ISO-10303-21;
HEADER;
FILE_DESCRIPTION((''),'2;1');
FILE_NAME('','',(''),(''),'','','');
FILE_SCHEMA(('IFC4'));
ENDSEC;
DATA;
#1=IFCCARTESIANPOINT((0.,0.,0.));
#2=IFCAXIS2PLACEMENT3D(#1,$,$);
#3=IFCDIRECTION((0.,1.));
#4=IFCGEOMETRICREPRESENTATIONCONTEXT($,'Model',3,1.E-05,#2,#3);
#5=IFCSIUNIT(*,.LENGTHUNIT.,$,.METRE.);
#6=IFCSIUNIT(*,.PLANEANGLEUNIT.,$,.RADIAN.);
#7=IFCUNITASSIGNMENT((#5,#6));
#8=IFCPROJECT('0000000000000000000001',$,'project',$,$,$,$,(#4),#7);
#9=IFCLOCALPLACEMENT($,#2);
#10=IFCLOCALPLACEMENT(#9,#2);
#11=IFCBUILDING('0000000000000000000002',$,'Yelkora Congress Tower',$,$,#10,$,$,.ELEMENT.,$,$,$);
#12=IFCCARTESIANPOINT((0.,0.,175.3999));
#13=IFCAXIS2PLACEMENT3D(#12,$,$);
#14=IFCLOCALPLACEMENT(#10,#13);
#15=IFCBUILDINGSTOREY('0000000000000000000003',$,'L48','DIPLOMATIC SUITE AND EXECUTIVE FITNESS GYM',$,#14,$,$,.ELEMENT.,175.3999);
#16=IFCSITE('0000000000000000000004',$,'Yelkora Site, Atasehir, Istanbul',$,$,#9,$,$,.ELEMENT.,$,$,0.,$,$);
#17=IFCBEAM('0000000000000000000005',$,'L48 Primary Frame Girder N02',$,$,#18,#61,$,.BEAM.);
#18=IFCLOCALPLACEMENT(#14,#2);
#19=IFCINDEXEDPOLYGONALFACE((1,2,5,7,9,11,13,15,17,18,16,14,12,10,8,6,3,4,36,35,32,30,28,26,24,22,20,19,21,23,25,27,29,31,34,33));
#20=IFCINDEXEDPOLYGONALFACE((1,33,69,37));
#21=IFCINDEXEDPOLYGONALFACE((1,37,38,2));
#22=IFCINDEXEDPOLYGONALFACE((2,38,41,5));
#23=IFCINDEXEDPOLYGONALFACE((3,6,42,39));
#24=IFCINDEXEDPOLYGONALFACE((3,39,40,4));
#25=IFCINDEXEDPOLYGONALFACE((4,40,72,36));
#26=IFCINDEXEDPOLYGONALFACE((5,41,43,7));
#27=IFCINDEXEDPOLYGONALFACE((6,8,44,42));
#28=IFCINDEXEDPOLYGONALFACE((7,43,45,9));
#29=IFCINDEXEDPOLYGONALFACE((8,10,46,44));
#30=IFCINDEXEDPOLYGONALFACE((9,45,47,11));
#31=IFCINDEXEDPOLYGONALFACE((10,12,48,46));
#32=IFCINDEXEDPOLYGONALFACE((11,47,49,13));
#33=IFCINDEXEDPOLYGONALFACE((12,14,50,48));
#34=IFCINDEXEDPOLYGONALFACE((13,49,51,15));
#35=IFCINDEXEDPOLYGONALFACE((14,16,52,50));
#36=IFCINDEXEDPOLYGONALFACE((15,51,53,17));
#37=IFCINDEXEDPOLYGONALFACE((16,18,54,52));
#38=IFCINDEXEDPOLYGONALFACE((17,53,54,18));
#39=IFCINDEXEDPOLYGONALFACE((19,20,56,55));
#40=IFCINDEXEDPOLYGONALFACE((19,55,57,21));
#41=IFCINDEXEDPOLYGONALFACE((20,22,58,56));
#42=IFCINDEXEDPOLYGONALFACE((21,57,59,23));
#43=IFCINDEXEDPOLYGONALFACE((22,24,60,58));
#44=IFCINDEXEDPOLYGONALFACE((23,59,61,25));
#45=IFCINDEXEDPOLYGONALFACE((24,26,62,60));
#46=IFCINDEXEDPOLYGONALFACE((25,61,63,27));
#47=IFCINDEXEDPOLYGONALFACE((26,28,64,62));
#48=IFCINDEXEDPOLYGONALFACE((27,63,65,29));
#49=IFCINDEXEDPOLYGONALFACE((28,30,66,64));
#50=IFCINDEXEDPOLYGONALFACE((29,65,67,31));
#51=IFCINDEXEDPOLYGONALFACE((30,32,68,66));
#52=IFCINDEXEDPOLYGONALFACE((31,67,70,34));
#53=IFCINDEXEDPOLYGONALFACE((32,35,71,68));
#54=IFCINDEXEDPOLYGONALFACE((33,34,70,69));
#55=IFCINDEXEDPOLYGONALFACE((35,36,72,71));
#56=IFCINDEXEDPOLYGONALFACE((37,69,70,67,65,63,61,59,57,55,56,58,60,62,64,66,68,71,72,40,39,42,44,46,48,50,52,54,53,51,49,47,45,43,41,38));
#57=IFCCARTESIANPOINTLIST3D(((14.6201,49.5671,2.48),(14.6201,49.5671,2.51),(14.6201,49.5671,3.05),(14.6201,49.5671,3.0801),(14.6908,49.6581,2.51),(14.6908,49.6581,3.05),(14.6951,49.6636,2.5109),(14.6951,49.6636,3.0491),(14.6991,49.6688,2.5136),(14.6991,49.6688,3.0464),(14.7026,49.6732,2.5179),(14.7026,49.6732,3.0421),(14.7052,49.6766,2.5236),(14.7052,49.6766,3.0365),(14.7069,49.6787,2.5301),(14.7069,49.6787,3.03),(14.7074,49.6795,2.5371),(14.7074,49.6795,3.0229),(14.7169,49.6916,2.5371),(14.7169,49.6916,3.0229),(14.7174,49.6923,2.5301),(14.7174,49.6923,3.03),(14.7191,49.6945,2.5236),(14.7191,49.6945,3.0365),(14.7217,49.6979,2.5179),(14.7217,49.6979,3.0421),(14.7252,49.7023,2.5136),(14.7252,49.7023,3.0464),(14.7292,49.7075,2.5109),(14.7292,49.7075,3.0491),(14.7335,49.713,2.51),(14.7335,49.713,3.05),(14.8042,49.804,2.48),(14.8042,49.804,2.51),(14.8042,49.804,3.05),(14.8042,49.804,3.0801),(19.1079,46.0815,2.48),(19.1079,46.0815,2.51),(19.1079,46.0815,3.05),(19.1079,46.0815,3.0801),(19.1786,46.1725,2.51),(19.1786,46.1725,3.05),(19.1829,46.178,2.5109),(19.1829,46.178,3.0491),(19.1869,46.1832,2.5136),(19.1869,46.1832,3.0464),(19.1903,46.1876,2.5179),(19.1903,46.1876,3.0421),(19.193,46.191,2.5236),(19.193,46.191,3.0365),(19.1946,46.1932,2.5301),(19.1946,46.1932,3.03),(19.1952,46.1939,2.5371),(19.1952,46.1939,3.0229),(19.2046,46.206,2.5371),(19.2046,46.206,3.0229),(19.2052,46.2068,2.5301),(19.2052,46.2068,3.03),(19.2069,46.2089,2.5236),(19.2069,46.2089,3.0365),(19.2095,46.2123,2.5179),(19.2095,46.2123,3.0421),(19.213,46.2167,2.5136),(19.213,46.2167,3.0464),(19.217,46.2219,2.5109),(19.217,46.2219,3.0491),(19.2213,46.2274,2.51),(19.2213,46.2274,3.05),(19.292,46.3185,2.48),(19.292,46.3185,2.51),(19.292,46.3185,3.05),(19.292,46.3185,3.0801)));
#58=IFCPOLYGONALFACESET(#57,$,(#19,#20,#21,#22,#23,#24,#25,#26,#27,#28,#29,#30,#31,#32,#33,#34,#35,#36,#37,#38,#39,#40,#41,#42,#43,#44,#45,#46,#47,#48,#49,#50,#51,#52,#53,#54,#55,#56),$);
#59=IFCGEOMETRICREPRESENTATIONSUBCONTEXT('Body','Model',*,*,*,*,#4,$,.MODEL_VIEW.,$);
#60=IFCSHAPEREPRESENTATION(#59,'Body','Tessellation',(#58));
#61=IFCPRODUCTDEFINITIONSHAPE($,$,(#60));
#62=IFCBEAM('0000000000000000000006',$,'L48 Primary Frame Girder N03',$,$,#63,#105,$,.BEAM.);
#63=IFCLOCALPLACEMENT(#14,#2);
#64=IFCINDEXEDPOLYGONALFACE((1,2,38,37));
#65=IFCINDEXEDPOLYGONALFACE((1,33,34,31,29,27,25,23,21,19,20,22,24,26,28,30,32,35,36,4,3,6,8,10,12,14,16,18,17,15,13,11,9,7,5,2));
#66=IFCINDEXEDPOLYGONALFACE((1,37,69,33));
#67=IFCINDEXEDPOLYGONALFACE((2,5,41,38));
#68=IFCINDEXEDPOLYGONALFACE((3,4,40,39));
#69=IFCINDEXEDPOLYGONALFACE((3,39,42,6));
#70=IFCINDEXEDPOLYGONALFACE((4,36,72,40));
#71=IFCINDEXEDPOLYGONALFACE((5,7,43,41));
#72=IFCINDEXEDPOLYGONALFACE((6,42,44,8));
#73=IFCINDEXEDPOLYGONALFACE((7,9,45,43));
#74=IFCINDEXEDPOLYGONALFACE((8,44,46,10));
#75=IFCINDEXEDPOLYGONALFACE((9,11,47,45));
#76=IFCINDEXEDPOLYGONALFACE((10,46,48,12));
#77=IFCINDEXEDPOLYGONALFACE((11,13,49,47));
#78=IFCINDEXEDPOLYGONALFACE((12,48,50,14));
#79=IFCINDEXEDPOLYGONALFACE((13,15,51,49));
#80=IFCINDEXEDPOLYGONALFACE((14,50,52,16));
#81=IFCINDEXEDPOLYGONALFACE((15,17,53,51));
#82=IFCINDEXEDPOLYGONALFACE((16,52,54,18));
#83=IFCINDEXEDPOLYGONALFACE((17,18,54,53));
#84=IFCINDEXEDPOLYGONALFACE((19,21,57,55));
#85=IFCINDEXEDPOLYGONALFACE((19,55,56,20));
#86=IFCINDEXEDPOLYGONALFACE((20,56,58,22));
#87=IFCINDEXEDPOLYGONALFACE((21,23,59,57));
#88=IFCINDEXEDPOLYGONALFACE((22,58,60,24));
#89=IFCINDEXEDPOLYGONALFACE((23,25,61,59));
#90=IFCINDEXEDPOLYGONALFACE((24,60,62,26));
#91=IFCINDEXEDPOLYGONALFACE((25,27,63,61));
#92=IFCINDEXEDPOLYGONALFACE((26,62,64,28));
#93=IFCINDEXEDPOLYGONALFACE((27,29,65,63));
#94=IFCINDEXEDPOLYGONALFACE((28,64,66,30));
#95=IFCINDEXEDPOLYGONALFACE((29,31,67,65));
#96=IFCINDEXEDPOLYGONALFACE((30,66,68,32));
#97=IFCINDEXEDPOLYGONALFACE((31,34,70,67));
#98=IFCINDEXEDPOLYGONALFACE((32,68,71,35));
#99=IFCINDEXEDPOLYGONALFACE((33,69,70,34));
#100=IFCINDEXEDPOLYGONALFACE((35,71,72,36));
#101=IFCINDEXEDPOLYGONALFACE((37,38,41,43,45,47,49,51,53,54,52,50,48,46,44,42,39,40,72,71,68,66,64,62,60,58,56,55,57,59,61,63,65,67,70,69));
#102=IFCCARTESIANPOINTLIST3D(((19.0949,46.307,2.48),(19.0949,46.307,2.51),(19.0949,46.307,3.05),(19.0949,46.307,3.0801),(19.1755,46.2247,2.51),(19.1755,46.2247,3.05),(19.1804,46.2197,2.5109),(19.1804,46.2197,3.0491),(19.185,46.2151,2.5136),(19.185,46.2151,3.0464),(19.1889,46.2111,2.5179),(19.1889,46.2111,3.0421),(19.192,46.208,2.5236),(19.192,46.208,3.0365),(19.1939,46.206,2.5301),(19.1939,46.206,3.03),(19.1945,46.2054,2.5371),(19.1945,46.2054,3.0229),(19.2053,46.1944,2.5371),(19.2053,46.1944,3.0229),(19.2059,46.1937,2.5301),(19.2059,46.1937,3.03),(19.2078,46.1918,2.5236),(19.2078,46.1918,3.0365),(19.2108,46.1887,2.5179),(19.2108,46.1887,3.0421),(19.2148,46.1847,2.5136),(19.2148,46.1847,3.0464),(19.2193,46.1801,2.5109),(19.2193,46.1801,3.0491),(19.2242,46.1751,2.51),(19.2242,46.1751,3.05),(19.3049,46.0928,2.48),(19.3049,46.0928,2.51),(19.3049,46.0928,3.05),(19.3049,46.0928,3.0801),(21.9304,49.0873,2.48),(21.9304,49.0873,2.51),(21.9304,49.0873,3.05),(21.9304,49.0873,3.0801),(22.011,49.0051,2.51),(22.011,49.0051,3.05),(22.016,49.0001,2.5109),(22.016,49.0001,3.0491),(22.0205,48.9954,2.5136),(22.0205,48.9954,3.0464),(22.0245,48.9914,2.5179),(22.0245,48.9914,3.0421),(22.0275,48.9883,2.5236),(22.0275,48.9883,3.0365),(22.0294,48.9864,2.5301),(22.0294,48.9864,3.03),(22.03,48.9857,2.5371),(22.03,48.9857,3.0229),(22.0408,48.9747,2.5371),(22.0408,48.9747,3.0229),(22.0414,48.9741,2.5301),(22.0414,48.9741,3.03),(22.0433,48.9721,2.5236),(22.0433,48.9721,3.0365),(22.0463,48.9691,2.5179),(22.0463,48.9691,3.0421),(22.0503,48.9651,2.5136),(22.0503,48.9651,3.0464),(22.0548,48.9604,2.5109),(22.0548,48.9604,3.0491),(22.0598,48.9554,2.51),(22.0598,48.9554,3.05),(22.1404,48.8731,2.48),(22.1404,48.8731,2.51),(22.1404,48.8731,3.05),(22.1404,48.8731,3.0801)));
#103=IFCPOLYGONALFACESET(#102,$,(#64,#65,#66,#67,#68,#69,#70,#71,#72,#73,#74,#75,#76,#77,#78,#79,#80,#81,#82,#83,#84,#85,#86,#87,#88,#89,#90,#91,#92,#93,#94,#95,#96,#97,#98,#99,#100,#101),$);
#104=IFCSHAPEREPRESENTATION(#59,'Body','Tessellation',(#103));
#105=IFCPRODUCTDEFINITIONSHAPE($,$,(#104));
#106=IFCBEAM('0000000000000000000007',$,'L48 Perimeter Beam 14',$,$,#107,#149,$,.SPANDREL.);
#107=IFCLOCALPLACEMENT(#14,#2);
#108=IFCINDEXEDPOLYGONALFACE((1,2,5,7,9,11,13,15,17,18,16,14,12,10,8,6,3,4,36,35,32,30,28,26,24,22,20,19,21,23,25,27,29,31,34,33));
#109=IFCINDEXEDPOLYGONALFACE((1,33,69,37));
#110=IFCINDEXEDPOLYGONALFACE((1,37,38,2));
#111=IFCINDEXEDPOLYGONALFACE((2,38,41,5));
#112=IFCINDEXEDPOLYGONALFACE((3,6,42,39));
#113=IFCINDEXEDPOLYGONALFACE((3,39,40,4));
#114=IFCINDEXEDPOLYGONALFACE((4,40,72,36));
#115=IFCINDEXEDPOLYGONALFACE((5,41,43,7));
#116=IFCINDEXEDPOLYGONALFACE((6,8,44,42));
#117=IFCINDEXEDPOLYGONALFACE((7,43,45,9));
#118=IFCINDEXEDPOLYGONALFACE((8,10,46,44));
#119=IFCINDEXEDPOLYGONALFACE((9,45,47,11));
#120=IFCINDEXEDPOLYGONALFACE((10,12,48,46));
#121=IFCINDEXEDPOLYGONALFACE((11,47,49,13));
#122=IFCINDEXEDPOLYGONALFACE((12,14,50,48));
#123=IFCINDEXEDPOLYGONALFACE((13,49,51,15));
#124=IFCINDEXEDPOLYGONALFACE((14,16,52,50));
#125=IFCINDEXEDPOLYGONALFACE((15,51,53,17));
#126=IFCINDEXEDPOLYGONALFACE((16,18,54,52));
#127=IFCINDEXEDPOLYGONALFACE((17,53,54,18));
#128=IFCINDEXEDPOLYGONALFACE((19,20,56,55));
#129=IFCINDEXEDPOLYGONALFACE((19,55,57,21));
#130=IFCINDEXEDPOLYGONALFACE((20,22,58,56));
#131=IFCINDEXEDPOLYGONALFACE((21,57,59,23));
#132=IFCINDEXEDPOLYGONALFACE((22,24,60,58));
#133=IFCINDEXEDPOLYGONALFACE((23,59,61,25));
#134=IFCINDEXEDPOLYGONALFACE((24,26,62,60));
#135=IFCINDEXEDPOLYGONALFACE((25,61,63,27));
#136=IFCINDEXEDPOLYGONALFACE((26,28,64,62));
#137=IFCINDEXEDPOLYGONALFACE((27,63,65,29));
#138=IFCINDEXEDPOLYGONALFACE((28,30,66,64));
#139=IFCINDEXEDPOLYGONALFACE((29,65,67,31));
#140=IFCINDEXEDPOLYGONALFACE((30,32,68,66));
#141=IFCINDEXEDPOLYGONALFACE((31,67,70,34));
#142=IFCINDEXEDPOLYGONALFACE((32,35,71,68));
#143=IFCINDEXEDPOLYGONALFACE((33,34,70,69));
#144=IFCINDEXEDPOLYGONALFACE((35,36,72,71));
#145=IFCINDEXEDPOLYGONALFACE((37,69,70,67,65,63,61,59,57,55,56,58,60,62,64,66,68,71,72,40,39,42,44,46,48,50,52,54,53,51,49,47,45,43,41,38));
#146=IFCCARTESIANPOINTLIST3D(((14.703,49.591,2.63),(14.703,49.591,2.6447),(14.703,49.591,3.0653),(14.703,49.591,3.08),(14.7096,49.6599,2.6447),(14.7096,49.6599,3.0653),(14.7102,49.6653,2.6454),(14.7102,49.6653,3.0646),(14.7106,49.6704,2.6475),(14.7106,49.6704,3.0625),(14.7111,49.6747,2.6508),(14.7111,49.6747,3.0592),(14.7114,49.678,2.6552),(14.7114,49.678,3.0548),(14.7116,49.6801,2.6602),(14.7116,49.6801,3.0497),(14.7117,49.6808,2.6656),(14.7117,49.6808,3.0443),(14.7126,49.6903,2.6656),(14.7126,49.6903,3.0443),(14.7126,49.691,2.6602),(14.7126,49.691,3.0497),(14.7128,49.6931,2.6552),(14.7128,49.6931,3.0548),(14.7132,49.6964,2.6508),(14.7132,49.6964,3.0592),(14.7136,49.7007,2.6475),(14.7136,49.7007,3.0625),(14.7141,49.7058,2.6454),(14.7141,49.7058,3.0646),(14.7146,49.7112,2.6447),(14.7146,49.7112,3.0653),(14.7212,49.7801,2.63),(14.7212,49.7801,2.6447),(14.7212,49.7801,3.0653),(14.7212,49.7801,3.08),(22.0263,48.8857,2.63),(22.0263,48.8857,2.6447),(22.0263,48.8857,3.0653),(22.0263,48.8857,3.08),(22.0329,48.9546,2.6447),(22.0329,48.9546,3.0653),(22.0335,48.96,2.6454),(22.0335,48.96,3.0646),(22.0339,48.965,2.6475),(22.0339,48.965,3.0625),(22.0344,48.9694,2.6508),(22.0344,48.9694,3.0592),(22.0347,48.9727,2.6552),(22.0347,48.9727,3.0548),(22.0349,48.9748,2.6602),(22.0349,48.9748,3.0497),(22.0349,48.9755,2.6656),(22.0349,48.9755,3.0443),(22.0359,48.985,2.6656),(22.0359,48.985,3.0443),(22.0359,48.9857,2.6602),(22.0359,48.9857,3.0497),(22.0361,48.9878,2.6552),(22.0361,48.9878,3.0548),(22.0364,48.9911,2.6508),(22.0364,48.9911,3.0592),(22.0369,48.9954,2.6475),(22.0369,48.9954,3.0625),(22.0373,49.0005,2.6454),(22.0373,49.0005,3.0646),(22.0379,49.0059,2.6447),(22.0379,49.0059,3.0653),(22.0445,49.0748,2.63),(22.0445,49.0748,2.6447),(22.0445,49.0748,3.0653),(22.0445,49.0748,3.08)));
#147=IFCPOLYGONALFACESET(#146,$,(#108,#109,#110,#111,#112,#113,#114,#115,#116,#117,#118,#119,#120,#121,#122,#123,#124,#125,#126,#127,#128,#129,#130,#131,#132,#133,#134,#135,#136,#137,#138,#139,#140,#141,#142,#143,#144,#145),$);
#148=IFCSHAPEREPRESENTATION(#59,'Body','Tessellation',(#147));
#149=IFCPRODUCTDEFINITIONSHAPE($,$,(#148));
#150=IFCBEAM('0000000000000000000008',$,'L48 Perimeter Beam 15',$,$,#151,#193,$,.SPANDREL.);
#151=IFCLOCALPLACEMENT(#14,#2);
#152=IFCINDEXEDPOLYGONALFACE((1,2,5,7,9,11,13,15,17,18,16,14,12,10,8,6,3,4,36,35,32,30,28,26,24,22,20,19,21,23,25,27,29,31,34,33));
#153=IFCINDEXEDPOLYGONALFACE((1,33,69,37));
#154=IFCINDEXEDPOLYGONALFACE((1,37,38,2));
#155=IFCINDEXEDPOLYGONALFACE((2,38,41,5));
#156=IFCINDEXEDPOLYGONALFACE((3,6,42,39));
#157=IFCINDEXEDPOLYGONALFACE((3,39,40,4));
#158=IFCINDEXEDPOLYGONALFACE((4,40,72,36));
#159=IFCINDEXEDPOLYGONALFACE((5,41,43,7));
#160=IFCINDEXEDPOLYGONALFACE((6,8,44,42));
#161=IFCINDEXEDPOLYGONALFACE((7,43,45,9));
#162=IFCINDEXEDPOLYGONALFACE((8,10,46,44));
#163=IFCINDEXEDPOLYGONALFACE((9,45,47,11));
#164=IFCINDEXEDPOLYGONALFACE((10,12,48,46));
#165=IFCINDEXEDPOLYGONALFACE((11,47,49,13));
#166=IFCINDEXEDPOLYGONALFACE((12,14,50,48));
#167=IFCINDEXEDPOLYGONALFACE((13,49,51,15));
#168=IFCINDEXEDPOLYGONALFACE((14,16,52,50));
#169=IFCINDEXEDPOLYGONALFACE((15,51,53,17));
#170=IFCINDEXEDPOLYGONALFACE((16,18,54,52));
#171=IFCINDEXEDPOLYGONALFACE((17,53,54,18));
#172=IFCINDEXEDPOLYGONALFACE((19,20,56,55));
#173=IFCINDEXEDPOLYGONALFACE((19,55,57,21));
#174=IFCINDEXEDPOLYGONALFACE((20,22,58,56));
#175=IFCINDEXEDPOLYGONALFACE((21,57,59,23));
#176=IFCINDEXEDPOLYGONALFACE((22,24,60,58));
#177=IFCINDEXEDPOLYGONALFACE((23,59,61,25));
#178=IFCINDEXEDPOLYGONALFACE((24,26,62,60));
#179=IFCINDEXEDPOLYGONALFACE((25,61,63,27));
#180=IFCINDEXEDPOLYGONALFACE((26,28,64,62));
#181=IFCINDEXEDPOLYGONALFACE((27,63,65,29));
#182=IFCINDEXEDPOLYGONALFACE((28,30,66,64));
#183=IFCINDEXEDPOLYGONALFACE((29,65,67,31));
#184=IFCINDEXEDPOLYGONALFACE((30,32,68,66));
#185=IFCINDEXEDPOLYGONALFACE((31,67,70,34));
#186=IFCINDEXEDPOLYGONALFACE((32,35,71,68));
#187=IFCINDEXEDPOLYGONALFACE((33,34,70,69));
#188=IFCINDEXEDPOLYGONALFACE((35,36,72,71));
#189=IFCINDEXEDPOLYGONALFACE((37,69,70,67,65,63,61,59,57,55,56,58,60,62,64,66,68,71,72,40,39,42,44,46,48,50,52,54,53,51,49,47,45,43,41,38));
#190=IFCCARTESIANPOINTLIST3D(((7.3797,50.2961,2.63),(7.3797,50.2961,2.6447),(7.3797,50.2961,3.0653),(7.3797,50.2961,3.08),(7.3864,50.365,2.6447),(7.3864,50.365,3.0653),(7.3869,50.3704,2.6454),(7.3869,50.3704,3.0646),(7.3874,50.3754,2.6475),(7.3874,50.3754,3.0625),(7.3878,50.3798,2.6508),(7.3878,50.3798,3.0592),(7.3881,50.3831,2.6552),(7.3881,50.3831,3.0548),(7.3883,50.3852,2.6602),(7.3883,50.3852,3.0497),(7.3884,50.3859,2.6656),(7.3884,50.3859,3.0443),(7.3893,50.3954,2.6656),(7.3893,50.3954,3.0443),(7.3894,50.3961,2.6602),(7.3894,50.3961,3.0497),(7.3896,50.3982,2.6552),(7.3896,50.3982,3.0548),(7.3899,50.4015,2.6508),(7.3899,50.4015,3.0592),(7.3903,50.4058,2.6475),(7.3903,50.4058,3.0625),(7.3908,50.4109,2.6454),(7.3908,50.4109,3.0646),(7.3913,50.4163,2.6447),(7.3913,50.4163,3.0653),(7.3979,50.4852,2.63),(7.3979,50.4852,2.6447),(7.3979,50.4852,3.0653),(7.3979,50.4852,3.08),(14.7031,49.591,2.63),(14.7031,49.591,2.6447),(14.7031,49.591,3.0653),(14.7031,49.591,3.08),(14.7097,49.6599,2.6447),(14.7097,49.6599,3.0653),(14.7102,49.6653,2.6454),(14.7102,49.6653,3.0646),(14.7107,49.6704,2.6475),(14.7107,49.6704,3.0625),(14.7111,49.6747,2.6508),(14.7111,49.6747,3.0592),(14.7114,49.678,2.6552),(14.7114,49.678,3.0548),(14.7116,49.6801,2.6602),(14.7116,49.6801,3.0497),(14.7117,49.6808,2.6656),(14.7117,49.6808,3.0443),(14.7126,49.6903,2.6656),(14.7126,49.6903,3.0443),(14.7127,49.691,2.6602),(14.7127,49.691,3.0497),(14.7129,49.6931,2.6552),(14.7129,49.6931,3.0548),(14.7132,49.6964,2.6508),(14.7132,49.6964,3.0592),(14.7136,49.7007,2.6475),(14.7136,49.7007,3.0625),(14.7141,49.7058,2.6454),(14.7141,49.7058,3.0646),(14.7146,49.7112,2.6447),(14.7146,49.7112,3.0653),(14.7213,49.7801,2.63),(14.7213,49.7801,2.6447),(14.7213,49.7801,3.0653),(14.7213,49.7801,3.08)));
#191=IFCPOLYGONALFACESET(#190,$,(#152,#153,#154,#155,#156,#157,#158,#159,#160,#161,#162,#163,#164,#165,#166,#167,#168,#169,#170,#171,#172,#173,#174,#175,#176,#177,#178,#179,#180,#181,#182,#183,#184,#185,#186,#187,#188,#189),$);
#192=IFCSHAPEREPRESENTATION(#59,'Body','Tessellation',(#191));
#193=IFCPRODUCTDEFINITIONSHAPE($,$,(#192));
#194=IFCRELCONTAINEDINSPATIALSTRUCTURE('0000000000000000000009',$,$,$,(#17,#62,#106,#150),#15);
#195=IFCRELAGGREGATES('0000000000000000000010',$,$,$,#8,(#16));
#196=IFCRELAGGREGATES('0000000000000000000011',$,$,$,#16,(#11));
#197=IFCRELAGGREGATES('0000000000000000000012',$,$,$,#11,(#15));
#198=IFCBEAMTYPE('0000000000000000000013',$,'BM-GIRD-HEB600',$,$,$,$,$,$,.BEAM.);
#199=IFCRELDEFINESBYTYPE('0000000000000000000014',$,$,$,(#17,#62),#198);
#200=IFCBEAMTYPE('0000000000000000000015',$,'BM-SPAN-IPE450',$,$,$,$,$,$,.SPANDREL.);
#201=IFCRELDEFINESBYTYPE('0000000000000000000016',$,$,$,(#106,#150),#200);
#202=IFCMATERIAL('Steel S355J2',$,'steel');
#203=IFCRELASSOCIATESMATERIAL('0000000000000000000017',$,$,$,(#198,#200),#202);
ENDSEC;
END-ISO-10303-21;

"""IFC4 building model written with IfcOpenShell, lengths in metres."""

from ifc_helpers import new_model, si_unit, direction, frame, origin, origin_2d, place, context, subcontext, project, spatial, i_section, extrude, material, material_profile, profile_set, type_object, element, save


model = new_model("IFC4")

# Units and contexts
model_context = context("Model", 3, precision=1e-05, world=origin(), true_north=direction((0.0, 1.0)))
body_context = subcontext(model_context, "Body", "Model", "MODEL_VIEW")
ifc_project = project(units=[si_unit("LENGTHUNIT", "METRE"), si_unit("PLANEANGLEUNIT", "RADIAN")], contexts=[model_context])

# Site, building, storey
site_placement = place(None, origin())
site = spatial("IfcSite", under=ifc_project, at=site_placement, Name="Yelkora Site, Atasehir, Istanbul", CompositionType="ELEMENT", RefElevation=0.0)
building_placement = place(site_placement, origin())
building = spatial("IfcBuilding", under=site, at=building_placement, Name="Yelkora Congress Tower", CompositionType="ELEMENT")
storey_placement = place(building_placement, frame((0.0, 0.0, 175.3999)))
storey = spatial("IfcBuildingStorey", under=building, at=storey_placement, Name="L48", Description="DIPLOMATIC SUITE AND EXECUTIVE FITNESS GYM", CompositionType="ELEMENT", Elevation=175.3999)

# Beams
ifc_material_1 = material(Name="Steel S355J2", Category="steel")
ifc_material_profile_1 = material_profile(ifc_material_1, i_section(OverallWidth=0.3, OverallDepth=0.6001, WebThickness=0.0154, FlangeThickness=0.03, FilletRadius=0.0271, at=origin_2d()), Name="HEB 600")
ifc_profile_set_1 = profile_set([ifc_material_profile_1], Name="Steel S355J2")
beam_type_1 = type_object("IfcBeamType", Name="BM-GIRD-HEB600", PredefinedType="BEAM", material=ifc_profile_set_1)
beam_1_placement = place(storey_placement, frame((14.7122, 49.6855, 2.78), z_axis=(0.789771, -0.613402, 0.0), x_axis=(0.613402, 0.789771, 0.0)))
element("IfcBeam", 1, at=beam_1_placement, inside=storey, type_object=beam_type_1, Name="L48 Primary Frame Girder N02", PredefinedType="BEAM", context=body_context, shape_type="SweptSolid", body=[
    extrude(i_section(OverallWidth=0.3, OverallDepth=0.6001, WebThickness=0.0154, FlangeThickness=0.03, FilletRadius=0.0271, at=origin_2d()), origin(), (0.0, 0.0, 1.0), 5.6824),
])
beam_2_placement = place(storey_placement, frame((22.0354, 48.9802, 2.78), z_axis=(-0.71402, -0.700126, 0.0), x_axis=(0.700126, -0.71402, 0.0)))
element("IfcBeam", 2, at=beam_2_placement, inside=storey, type_object=beam_type_1, Name="L48 Primary Frame Girder N03", PredefinedType="BEAM", context=body_context, shape_type="SweptSolid", body=[
    extrude(i_section(OverallWidth=0.3, OverallDepth=0.6001, WebThickness=0.0154, FlangeThickness=0.03, FilletRadius=0.0271, at=origin_2d()), origin(), (0.0, 0.0, 1.0), 3.9712),
])
ifc_material_profile_2 = material_profile(ifc_material_1, i_section(OverallWidth=0.1899, OverallDepth=0.45, WebThickness=0.0095, FlangeThickness=0.0146, FilletRadius=0.021, at=origin_2d()), Name="IPE 450")
ifc_profile_set_2 = profile_set([ifc_material_profile_2], Name="Steel S355J2")
beam_type_2 = type_object("IfcBeamType", Name="BM-SPAN-IPE450", PredefinedType="SPANDREL", material=ifc_profile_set_2)
for number, where, z_axis, x_axis, name in (
    (3, (22.0354, 48.9802, 2.855), (-0.995394, 0.095869, 0.0), (-0.095869, -0.995394, 0.0), "L48 Perimeter Beam 14"),
    (4, (14.7122, 49.6855, 2.855), (-0.995397, 0.095836, 0.0), (-0.095836, -0.995397, 0.0), "L48 Perimeter Beam 15"),
):
    element("IfcBeam", number, at=place(storey_placement, frame(where, z_axis=z_axis, x_axis=x_axis)), inside=storey, type_object=beam_type_2, Name=name, PredefinedType="SPANDREL", context=body_context, shape_type="SweptSolid", body=[
        extrude(i_section(OverallWidth=0.1899, OverallDepth=0.45, WebThickness=0.0095, FlangeThickness=0.0146, FilletRadius=0.021, at=origin_2d()), origin(), (0.0, 0.0, 1.0), 7.3572),
    ])

save(model, "model.ifc")
